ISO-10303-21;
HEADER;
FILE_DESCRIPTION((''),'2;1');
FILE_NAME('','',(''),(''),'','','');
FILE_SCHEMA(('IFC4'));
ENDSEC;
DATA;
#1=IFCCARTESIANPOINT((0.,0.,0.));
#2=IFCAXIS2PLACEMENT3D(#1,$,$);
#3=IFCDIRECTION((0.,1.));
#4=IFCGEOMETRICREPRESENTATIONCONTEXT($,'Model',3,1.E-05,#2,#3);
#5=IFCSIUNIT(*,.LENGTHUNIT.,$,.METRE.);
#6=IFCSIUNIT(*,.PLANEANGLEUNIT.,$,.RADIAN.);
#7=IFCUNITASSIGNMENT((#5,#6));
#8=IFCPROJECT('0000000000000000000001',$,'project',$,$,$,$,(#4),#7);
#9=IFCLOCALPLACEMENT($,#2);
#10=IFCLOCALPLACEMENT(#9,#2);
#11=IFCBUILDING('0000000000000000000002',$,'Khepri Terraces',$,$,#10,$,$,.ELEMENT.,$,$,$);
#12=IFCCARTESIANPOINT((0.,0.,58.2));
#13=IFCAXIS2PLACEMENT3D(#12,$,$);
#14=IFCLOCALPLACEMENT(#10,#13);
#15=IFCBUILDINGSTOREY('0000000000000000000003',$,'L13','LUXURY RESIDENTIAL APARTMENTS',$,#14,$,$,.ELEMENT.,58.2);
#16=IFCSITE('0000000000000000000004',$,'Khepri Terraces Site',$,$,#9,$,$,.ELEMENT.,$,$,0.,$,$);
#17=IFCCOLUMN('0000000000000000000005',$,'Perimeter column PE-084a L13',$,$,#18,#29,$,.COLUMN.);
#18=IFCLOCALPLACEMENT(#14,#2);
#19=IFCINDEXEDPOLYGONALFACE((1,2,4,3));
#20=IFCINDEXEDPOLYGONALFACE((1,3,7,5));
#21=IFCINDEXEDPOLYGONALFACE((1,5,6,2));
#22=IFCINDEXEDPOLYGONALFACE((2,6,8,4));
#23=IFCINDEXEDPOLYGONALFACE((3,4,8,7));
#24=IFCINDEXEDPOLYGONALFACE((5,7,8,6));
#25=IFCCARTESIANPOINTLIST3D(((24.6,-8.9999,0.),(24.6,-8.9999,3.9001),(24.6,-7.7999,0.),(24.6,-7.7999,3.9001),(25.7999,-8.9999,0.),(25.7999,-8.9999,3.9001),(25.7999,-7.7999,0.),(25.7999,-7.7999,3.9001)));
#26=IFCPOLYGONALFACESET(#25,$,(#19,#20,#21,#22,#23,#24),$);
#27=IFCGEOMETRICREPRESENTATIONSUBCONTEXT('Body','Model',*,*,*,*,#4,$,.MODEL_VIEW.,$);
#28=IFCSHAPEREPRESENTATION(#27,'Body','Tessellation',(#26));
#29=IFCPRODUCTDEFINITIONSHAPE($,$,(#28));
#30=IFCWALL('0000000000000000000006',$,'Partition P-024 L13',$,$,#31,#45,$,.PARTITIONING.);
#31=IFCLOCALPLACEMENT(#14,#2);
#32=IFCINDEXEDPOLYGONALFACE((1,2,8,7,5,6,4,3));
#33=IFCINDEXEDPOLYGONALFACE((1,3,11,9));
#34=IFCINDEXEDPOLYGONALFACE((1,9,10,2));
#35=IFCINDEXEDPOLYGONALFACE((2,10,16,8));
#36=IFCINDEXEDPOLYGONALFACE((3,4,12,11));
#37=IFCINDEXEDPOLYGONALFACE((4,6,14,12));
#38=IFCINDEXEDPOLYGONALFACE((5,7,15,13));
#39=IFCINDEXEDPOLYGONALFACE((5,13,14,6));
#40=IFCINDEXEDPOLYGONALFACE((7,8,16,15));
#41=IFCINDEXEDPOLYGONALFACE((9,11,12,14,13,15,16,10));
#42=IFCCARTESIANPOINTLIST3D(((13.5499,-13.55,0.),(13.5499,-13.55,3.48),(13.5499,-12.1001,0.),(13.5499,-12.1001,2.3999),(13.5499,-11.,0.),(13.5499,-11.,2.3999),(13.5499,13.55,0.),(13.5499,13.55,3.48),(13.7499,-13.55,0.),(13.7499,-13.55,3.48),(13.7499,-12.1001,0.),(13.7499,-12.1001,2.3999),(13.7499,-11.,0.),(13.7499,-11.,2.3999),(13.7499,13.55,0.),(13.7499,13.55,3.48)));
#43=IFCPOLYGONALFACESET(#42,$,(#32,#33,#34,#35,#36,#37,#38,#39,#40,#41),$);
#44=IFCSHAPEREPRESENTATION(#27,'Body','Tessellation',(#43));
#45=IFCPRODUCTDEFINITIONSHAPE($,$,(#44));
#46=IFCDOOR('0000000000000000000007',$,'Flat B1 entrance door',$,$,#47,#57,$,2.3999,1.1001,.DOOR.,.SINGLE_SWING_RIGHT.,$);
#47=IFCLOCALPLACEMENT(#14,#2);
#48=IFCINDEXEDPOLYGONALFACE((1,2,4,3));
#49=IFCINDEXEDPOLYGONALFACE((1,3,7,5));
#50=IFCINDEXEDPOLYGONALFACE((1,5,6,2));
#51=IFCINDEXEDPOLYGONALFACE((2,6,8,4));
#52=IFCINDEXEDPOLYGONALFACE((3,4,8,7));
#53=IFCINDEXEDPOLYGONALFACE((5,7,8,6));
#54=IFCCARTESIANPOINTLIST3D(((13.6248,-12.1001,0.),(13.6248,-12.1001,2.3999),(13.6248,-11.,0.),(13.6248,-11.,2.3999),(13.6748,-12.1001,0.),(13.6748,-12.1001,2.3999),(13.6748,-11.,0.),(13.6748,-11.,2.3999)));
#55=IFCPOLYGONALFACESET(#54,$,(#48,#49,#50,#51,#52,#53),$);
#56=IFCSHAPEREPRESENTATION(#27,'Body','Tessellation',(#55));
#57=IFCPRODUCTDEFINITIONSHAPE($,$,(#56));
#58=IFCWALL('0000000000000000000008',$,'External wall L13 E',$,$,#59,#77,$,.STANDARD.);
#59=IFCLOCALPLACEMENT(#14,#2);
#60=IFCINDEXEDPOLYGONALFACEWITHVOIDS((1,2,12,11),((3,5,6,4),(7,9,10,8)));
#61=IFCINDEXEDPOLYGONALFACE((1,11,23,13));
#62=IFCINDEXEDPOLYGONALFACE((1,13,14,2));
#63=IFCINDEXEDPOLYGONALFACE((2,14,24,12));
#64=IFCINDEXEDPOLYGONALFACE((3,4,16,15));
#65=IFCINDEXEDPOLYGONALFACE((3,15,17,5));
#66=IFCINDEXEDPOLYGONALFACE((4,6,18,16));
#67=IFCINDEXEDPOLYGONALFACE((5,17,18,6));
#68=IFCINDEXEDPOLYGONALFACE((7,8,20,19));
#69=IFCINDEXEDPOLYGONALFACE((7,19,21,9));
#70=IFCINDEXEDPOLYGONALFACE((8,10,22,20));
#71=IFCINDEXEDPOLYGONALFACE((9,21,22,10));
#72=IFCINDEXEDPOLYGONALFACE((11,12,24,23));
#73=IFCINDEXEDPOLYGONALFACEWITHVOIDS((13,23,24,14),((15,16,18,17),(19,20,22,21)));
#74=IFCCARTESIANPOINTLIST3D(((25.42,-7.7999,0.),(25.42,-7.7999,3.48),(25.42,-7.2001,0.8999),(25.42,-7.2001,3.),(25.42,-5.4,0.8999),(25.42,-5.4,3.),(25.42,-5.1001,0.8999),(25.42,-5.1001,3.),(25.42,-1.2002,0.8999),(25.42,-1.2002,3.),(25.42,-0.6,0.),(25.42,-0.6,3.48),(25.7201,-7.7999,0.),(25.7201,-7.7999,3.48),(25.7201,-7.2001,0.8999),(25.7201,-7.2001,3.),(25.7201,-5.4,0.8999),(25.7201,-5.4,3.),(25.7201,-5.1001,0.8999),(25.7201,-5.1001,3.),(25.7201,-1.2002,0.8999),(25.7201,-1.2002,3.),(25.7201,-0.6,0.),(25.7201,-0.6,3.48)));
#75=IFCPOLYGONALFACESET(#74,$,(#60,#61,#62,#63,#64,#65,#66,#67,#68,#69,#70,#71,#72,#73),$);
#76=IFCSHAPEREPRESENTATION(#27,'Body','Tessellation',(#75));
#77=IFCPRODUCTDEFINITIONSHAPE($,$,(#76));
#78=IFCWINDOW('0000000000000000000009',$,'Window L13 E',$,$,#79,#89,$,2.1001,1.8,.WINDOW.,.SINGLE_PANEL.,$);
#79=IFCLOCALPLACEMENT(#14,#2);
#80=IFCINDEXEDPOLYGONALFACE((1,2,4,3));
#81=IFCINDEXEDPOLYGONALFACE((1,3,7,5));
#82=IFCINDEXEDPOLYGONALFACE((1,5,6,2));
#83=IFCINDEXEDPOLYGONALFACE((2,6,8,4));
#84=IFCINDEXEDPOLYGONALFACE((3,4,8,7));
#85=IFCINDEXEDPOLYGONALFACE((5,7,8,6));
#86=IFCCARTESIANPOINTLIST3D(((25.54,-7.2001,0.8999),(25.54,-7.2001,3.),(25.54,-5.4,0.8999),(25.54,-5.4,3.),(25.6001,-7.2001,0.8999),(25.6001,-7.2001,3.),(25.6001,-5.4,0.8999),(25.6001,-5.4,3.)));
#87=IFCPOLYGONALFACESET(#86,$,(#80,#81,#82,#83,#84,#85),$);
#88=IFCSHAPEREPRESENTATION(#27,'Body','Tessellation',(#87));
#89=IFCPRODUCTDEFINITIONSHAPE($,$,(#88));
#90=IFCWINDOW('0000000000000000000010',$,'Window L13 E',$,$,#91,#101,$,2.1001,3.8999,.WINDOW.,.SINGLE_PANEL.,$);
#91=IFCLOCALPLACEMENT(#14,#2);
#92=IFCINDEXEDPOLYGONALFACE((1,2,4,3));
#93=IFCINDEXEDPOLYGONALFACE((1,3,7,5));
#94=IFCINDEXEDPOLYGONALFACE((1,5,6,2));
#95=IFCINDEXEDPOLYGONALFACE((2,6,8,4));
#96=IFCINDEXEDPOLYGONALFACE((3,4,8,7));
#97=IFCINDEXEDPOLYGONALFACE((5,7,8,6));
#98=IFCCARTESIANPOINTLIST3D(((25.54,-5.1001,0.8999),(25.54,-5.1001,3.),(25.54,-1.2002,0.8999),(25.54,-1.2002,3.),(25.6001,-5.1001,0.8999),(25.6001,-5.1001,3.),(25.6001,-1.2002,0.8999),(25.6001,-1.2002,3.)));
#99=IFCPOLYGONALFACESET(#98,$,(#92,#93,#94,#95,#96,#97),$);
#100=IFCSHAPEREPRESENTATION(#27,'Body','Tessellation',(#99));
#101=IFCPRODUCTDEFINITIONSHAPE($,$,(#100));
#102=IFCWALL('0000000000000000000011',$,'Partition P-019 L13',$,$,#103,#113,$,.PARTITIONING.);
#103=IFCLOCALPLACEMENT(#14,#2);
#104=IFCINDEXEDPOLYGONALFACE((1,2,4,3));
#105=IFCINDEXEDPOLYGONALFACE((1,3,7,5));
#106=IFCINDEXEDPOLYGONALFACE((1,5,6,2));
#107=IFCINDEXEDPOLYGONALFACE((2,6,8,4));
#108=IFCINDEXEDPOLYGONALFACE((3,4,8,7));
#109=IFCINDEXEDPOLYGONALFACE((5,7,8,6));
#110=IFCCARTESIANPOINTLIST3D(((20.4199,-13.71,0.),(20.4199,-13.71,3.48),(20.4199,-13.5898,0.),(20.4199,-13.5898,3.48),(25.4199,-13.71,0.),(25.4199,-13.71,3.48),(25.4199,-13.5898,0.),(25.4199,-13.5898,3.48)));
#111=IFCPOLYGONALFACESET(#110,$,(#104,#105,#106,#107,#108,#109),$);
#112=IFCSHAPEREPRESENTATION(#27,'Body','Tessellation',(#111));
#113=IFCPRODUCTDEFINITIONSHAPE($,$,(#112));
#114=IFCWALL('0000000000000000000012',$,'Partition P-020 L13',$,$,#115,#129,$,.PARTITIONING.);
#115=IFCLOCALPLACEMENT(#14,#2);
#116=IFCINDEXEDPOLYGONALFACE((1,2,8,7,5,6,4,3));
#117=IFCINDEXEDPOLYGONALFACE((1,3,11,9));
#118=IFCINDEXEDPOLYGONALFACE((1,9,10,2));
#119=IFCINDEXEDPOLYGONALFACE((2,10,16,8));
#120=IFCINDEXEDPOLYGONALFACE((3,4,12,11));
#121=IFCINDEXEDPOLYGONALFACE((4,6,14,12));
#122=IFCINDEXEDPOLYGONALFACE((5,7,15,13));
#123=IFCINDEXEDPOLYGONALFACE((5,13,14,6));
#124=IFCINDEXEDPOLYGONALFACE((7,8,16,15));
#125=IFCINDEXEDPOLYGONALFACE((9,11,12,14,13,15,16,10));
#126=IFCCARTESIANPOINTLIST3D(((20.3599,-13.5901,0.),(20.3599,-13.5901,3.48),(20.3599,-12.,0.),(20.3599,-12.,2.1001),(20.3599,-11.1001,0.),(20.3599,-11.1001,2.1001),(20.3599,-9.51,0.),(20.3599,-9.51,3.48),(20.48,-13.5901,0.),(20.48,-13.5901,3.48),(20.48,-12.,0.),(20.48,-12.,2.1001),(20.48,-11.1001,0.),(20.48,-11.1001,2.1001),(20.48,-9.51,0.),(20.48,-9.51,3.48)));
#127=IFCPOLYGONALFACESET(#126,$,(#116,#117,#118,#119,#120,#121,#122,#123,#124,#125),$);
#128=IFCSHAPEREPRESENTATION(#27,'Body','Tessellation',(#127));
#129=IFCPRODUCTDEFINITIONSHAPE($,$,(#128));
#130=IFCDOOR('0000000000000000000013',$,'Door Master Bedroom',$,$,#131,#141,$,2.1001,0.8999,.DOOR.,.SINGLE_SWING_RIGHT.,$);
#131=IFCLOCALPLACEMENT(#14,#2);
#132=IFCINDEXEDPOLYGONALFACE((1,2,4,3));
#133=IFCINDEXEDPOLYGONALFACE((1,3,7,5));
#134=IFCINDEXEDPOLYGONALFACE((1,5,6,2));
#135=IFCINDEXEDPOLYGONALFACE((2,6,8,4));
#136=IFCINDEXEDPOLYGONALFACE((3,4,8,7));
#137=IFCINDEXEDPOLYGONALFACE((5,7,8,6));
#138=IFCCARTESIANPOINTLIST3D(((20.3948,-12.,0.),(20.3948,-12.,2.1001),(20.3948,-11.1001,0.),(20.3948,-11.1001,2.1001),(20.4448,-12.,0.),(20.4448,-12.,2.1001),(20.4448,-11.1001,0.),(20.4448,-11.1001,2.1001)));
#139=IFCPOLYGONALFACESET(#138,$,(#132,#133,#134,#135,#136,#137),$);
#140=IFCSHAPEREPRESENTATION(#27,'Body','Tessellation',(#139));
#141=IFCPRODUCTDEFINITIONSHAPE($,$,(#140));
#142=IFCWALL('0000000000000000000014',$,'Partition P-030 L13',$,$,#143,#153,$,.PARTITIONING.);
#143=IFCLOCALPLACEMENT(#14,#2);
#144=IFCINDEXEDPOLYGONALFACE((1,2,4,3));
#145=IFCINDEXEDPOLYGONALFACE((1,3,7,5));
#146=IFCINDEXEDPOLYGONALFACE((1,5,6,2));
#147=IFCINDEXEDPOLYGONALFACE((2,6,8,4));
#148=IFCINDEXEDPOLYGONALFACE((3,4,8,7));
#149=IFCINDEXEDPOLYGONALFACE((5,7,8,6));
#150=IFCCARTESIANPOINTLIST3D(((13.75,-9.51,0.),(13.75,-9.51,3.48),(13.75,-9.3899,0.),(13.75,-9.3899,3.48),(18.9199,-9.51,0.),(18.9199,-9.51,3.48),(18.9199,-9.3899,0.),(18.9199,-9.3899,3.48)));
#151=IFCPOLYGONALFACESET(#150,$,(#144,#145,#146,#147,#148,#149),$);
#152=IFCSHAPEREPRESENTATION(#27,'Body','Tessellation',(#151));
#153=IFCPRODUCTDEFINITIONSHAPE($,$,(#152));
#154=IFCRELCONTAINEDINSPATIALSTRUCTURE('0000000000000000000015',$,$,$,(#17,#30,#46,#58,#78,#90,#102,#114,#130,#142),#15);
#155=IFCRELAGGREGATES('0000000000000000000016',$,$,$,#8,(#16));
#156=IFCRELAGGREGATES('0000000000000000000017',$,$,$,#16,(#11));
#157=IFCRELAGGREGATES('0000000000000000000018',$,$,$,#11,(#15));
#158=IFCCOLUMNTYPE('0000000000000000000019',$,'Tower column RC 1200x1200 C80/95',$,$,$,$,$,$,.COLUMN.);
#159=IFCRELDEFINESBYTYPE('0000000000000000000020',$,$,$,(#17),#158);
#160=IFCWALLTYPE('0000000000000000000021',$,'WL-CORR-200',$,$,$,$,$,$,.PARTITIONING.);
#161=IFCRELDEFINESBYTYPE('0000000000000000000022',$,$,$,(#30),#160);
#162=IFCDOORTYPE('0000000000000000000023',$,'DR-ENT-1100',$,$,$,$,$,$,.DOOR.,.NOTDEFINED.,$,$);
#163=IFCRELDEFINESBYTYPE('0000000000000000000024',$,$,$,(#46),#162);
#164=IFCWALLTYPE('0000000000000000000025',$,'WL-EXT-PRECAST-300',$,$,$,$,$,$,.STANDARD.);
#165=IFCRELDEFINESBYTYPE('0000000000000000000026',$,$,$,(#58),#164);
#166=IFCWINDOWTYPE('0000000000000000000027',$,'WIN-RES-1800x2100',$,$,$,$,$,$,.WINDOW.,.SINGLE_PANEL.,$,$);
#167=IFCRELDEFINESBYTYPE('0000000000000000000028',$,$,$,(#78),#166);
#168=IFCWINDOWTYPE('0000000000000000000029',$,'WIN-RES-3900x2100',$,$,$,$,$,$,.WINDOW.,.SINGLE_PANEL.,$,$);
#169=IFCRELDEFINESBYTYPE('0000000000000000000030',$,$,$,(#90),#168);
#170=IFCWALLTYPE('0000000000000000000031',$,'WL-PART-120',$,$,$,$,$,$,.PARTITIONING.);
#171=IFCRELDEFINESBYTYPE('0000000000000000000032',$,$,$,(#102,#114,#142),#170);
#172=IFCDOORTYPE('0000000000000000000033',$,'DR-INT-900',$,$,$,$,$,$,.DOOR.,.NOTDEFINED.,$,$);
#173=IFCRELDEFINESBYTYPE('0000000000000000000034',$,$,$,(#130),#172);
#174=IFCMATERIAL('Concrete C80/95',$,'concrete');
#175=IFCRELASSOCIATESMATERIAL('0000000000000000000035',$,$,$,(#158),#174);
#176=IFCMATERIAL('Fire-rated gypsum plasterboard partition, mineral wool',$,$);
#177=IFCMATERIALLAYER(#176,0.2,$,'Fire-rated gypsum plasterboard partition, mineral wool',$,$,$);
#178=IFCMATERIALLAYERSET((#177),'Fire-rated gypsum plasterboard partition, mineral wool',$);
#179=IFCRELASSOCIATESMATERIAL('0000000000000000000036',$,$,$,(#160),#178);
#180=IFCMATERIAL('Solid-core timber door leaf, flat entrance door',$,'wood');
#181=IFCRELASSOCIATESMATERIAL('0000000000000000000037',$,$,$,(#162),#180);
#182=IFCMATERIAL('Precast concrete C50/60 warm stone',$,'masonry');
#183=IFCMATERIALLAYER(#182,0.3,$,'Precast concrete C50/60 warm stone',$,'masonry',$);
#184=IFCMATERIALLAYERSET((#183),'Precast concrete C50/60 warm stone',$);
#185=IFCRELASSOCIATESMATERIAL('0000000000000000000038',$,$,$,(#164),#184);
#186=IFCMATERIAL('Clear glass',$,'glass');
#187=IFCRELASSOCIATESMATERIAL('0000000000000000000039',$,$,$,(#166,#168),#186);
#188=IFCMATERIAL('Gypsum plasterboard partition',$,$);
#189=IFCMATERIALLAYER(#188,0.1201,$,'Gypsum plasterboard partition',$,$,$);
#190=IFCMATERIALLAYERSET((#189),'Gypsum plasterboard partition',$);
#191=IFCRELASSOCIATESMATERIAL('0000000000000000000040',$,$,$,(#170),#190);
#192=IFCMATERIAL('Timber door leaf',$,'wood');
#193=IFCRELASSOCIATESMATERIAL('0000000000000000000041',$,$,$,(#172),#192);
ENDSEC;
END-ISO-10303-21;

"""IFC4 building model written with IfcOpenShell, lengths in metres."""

from ifc_helpers import new_model, si_unit, direction, frame, frame_2d, origin, origin_2d, place, context, subcontext, project, spatial, rectangle, extrude, material, layer, layer_set, material_profile, profile_set, type_object, element, fill, save


model = new_model("IFC4")

# Units and contexts
model_context = context("Model", 3, precision=1e-05, world=origin(), true_north=direction((0.0, 1.0)))
body_context = subcontext(model_context, "Body", "Model", "MODEL_VIEW")
ifc_project = project(units=[si_unit("LENGTHUNIT", "METRE"), si_unit("PLANEANGLEUNIT", "RADIAN")], contexts=[model_context])

# Site, building, storey
site_placement = place(None, origin())
site = spatial("IfcSite", under=ifc_project, at=site_placement, Name="Khepri Terraces Site", CompositionType="ELEMENT", RefElevation=0.0)
building_placement = place(site_placement, origin())
building = spatial("IfcBuilding", under=site, at=building_placement, Name="Khepri Terraces", CompositionType="ELEMENT")
storey_placement = place(building_placement, frame((0.0, 0.0, 58.2)))
storey = spatial("IfcBuildingStorey", under=building, at=storey_placement, Name="L13", Description="LUXURY RESIDENTIAL APARTMENTS", CompositionType="ELEMENT", Elevation=58.2)

# Column
ifc_material_1 = material(Name="Concrete C80/95", Category="concrete")
ifc_material_profile = material_profile(ifc_material_1, rectangle(XDim=1.2, YDim=1.2, at=origin_2d()), Name="Concrete C80/95", Category="concrete")
ifc_profile_set = profile_set([ifc_material_profile], Name="Concrete C80/95")
column_type = type_object("IfcColumnType", Name="Tower column RC 1200x1200 C80/95", PredefinedType="COLUMN", material=ifc_profile_set)
column_placement = place(storey_placement, frame((25.2, -8.3999, 0.0), z_axis=(0.0, 0.0, 1.0), x_axis=(1.0, 0.0, 0.0)))
element("IfcColumn", 1, at=column_placement, inside=storey, type_object=column_type, Name="Perimeter column PE-084a L13", PredefinedType="COLUMN", context=body_context, shape_type="SweptSolid", body=[
    extrude(rectangle(XDim=1.2, YDim=1.2, at=origin_2d()), origin(), (0.0, 0.0, 1.0), 3.9001),
])

# Wall, opening, door
ifc_material_2 = material(Name="Fire-rated gypsum plasterboard partition, mineral wool")
ifc_layer_1 = layer(ifc_material_2, 0.2, Name="Fire-rated gypsum plasterboard partition, mineral wool")
ifc_layer_set_1 = layer_set([ifc_layer_1], Name="Fire-rated gypsum plasterboard partition, mineral wool")
wall_type_1 = type_object("IfcWallType", Name="WL-CORR-200", PredefinedType="PARTITIONING", material=ifc_layer_set_1)
wall_1_placement = place(storey_placement, frame((13.6499, -13.55, 0.0), z_axis=(0.0, 0.0, 1.0), x_axis=(0.0, 1.0, 0.0)))
wall_1 = element("IfcWall", 2, at=wall_1_placement, inside=storey, type_object=wall_type_1, Name="Partition P-024 L13", PredefinedType="PARTITIONING", context=body_context, shape_type="SweptSolid", body=[
    extrude(rectangle(XDim=27.1001, YDim=0.2, at=frame_2d((13.55, 0.0))), origin(), (0.0, 0.0, 1.0), 3.48),
])
opening_1_placement = place(wall_1_placement, frame((1.45, 0.0, 0.0)))
opening_1 = element("IfcOpeningElement", 3, at=opening_1_placement, cuts=wall_1, PredefinedType="OPENING", context=body_context, shape_type="SweptSolid", body=[
    extrude(rectangle(XDim=1.1001, YDim=2.3999, at=frame_2d((0.55, 1.2))), frame((0.0, 0.1099, 0.0), z_axis=(0.0, -1.0, 0.0), x_axis=(1.0, 0.0, 0.0)), (0.0, 0.0, 1.0), 0.22),
])
ifc_material_3 = material(Name="Solid-core timber door leaf, flat entrance door", Category="wood")
door_type_1 = type_object("IfcDoorType", Name="DR-ENT-1100", OperationType="NOTDEFINED", PredefinedType="DOOR", material=ifc_material_3)
door_1_placement = place(opening_1_placement, frame((1.1001, 0.0, 0.0), z_axis=(0.0, 0.0, 1.0), x_axis=(-1.0, 0.0, 0.0)))
door_1 = element("IfcDoor", 4, at=door_1_placement, inside=storey, type_object=door_type_1, Name="Flat B1 entrance door", OperationType="SINGLE_SWING_RIGHT", OverallHeight=2.3999, OverallWidth=1.1001, PredefinedType="DOOR", context=body_context, shape_type="SweptSolid", body=[
    extrude(rectangle(XDim=1.1001, YDim=2.3999, at=frame_2d((0.55, 1.2))), frame((0.0, 0.0249, 0.0), z_axis=(0.0, -1.0, 0.0), x_axis=(1.0, 0.0, 0.0)), (0.0, 0.0, 1.0), 0.05),
])
fill(opening_1, door_1)

# Wall, openings, windows
ifc_material_4 = material(Name="Precast concrete C50/60 warm stone", Category="masonry")
ifc_layer_2 = layer(ifc_material_4, 0.3, Name="Precast concrete C50/60 warm stone", Category="masonry")
ifc_layer_set_2 = layer_set([ifc_layer_2], Name="Precast concrete C50/60 warm stone")
wall_type_2 = type_object("IfcWallType", Name="WL-EXT-PRECAST-300", PredefinedType="STANDARD", material=ifc_layer_set_2)
wall_2_placement = place(storey_placement, frame((25.5701, -7.8, 0.0), z_axis=(0.0, 0.0, 1.0), x_axis=(0.0, 1.0, 0.0)))
wall_2 = element("IfcWall", 5, at=wall_2_placement, inside=storey, type_object=wall_type_2, Name="External wall L13 E", PredefinedType="STANDARD", context=body_context, shape_type="SweptSolid", body=[
    extrude(rectangle(XDim=7.2, YDim=0.3, at=frame_2d((3.6001, 0.0))), origin(), (0.0, 0.0, 1.0), 3.48),
])
opening_2_placement = place(wall_2_placement, frame((0.6001, 0.0, 0.8999)))
opening_2 = element("IfcOpeningElement", 6, at=opening_2_placement, cuts=wall_2, PredefinedType="OPENING", context=body_context, shape_type="SweptSolid", body=[
    extrude(rectangle(XDim=1.8, YDim=2.1001, at=frame_2d((0.8999, 1.05))), frame((0.0, 0.1602, 0.0), z_axis=(0.0, -1.0, 0.0), x_axis=(1.0, 0.0, 0.0)), (0.0, 0.0, 1.0), 0.3201),
])
opening_3_placement = place(wall_2_placement, frame((2.7, 0.0, 0.8999)))
opening_3 = element("IfcOpeningElement", 7, at=opening_3_placement, cuts=wall_2, PredefinedType="OPENING", context=body_context, shape_type="SweptSolid", body=[
    extrude(rectangle(XDim=3.8999, YDim=2.1001, at=frame_2d((1.95, 1.05))), frame((0.0, 0.1602, 0.0), z_axis=(0.0, -1.0, 0.0), x_axis=(1.0, 0.0, 0.0)), (0.0, 0.0, 1.0), 0.3201),
])
ifc_material_5 = material(Name="Clear glass", Category="glass")
window_type_1 = type_object("IfcWindowType", Name="WIN-RES-1800x2100", PartitioningType="SINGLE_PANEL", PredefinedType="WINDOW", material=ifc_material_5)
window_1_placement = place(opening_2_placement, origin())
window_1 = element("IfcWindow", 8, at=window_1_placement, inside=storey, type_object=window_type_1, Name="Window L13 E", OverallHeight=2.1001, OverallWidth=1.8, PartitioningType="SINGLE_PANEL", PredefinedType="WINDOW", context=body_context, shape_type="SweptSolid", body=[
    extrude(rectangle(XDim=1.8, YDim=2.1001, at=frame_2d((0.8999, 1.05))), frame((0.0, 0.03, 0.0), z_axis=(0.0, -1.0, 0.0), x_axis=(1.0, 0.0, 0.0)), (0.0, 0.0, 1.0), 0.0601),
])
fill(opening_2, window_1)
window_type_2 = type_object("IfcWindowType", Name="WIN-RES-3900x2100", PartitioningType="SINGLE_PANEL", PredefinedType="WINDOW", material=ifc_material_5)
window_2_placement = place(opening_3_placement, origin())
window_2 = element("IfcWindow", 9, at=window_2_placement, inside=storey, type_object=window_type_2, Name="Window L13 E", OverallHeight=2.1001, OverallWidth=3.8999, PartitioningType="SINGLE_PANEL", PredefinedType="WINDOW", context=body_context, shape_type="SweptSolid", body=[
    extrude(rectangle(XDim=3.8999, YDim=2.1001, at=frame_2d((1.95, 1.05))), frame((0.0, 0.03, 0.0), z_axis=(0.0, -1.0, 0.0), x_axis=(1.0, 0.0, 0.0)), (0.0, 0.0, 1.0), 0.0601),
])
fill(opening_3, window_2)

# Wall
ifc_material_6 = material(Name="Gypsum plasterboard partition")
ifc_layer_3 = layer(ifc_material_6, 0.1201, Name="Gypsum plasterboard partition")
ifc_layer_set_3 = layer_set([ifc_layer_3], Name="Gypsum plasterboard partition")
wall_type_3 = type_object("IfcWallType", Name="WL-PART-120", PredefinedType="PARTITIONING", material=ifc_layer_set_3)
wall_3_placement = place(storey_placement, frame((20.4199, -13.6499, 0.0), z_axis=(0.0, 0.0, 1.0), x_axis=(1.0, 0.0, 0.0)))
element("IfcWall", 10, at=wall_3_placement, inside=storey, type_object=wall_type_3, Name="Partition P-019 L13", PredefinedType="PARTITIONING", context=body_context, shape_type="SweptSolid", body=[
    extrude(rectangle(XDim=5.0, YDim=0.1201, at=frame_2d((2.5, 0.0))), origin(), (0.0, 0.0, 1.0), 3.48),
])

# Wall, opening, door
wall_4_placement = place(storey_placement, frame((20.4199, -13.5901, 0.0), z_axis=(0.0, 0.0, 1.0), x_axis=(0.0, 1.0, 0.0)))
wall_4 = element("IfcWall", 11, at=wall_4_placement, inside=storey, type_object=wall_type_3, Name="Partition P-020 L13", PredefinedType="PARTITIONING", context=body_context, shape_type="SweptSolid", body=[
    extrude(rectangle(XDim=4.0801, YDim=0.1201, at=frame_2d((2.04, 0.0))), origin(), (0.0, 0.0, 1.0), 3.48),
])
opening_4_placement = place(wall_4_placement, frame((1.5901, 0.0, 0.0)))
opening_4 = element("IfcOpeningElement", 12, at=opening_4_placement, cuts=wall_4, PredefinedType="OPENING", context=body_context, shape_type="SweptSolid", body=[
    extrude(rectangle(XDim=0.8999, YDim=2.1001, at=frame_2d((0.45, 1.05))), frame((0.0, 0.0701, 0.0), z_axis=(0.0, -1.0, 0.0), x_axis=(1.0, 0.0, 0.0)), (0.0, 0.0, 1.0), 0.1401),
])
ifc_material_7 = material(Name="Timber door leaf", Category="wood")
door_type_2 = type_object("IfcDoorType", Name="DR-INT-900", OperationType="NOTDEFINED", PredefinedType="DOOR", material=ifc_material_7)
door_2_placement = place(opening_4_placement, frame((0.8999, 0.0, 0.0), z_axis=(0.0, 0.0, 1.0), x_axis=(-1.0, 0.0, 0.0)))
door_2 = element("IfcDoor", 13, at=door_2_placement, inside=storey, type_object=door_type_2, Name="Door Master Bedroom", OperationType="SINGLE_SWING_RIGHT", OverallHeight=2.1001, OverallWidth=0.8999, PredefinedType="DOOR", context=body_context, shape_type="SweptSolid", body=[
    extrude(rectangle(XDim=0.8999, YDim=2.1001, at=frame_2d((0.45, 1.05))), frame((0.0, 0.0249, 0.0), z_axis=(0.0, -1.0, 0.0), x_axis=(1.0, 0.0, 0.0)), (0.0, 0.0, 1.0), 0.05),
])
fill(opening_4, door_2)

# Wall
wall_5_placement = place(storey_placement, frame((13.75, -9.45, 0.0), z_axis=(0.0, 0.0, 1.0), x_axis=(1.0, 0.0, 0.0)))
element("IfcWall", 14, at=wall_5_placement, inside=storey, type_object=wall_type_3, Name="Partition P-030 L13", PredefinedType="PARTITIONING", context=body_context, shape_type="SweptSolid", body=[
    extrude(rectangle(XDim=5.1699, YDim=0.1201, at=frame_2d((2.585, 0.0))), origin(), (0.0, 0.0, 1.0), 3.48),
])

save(model, "model.ifc")
